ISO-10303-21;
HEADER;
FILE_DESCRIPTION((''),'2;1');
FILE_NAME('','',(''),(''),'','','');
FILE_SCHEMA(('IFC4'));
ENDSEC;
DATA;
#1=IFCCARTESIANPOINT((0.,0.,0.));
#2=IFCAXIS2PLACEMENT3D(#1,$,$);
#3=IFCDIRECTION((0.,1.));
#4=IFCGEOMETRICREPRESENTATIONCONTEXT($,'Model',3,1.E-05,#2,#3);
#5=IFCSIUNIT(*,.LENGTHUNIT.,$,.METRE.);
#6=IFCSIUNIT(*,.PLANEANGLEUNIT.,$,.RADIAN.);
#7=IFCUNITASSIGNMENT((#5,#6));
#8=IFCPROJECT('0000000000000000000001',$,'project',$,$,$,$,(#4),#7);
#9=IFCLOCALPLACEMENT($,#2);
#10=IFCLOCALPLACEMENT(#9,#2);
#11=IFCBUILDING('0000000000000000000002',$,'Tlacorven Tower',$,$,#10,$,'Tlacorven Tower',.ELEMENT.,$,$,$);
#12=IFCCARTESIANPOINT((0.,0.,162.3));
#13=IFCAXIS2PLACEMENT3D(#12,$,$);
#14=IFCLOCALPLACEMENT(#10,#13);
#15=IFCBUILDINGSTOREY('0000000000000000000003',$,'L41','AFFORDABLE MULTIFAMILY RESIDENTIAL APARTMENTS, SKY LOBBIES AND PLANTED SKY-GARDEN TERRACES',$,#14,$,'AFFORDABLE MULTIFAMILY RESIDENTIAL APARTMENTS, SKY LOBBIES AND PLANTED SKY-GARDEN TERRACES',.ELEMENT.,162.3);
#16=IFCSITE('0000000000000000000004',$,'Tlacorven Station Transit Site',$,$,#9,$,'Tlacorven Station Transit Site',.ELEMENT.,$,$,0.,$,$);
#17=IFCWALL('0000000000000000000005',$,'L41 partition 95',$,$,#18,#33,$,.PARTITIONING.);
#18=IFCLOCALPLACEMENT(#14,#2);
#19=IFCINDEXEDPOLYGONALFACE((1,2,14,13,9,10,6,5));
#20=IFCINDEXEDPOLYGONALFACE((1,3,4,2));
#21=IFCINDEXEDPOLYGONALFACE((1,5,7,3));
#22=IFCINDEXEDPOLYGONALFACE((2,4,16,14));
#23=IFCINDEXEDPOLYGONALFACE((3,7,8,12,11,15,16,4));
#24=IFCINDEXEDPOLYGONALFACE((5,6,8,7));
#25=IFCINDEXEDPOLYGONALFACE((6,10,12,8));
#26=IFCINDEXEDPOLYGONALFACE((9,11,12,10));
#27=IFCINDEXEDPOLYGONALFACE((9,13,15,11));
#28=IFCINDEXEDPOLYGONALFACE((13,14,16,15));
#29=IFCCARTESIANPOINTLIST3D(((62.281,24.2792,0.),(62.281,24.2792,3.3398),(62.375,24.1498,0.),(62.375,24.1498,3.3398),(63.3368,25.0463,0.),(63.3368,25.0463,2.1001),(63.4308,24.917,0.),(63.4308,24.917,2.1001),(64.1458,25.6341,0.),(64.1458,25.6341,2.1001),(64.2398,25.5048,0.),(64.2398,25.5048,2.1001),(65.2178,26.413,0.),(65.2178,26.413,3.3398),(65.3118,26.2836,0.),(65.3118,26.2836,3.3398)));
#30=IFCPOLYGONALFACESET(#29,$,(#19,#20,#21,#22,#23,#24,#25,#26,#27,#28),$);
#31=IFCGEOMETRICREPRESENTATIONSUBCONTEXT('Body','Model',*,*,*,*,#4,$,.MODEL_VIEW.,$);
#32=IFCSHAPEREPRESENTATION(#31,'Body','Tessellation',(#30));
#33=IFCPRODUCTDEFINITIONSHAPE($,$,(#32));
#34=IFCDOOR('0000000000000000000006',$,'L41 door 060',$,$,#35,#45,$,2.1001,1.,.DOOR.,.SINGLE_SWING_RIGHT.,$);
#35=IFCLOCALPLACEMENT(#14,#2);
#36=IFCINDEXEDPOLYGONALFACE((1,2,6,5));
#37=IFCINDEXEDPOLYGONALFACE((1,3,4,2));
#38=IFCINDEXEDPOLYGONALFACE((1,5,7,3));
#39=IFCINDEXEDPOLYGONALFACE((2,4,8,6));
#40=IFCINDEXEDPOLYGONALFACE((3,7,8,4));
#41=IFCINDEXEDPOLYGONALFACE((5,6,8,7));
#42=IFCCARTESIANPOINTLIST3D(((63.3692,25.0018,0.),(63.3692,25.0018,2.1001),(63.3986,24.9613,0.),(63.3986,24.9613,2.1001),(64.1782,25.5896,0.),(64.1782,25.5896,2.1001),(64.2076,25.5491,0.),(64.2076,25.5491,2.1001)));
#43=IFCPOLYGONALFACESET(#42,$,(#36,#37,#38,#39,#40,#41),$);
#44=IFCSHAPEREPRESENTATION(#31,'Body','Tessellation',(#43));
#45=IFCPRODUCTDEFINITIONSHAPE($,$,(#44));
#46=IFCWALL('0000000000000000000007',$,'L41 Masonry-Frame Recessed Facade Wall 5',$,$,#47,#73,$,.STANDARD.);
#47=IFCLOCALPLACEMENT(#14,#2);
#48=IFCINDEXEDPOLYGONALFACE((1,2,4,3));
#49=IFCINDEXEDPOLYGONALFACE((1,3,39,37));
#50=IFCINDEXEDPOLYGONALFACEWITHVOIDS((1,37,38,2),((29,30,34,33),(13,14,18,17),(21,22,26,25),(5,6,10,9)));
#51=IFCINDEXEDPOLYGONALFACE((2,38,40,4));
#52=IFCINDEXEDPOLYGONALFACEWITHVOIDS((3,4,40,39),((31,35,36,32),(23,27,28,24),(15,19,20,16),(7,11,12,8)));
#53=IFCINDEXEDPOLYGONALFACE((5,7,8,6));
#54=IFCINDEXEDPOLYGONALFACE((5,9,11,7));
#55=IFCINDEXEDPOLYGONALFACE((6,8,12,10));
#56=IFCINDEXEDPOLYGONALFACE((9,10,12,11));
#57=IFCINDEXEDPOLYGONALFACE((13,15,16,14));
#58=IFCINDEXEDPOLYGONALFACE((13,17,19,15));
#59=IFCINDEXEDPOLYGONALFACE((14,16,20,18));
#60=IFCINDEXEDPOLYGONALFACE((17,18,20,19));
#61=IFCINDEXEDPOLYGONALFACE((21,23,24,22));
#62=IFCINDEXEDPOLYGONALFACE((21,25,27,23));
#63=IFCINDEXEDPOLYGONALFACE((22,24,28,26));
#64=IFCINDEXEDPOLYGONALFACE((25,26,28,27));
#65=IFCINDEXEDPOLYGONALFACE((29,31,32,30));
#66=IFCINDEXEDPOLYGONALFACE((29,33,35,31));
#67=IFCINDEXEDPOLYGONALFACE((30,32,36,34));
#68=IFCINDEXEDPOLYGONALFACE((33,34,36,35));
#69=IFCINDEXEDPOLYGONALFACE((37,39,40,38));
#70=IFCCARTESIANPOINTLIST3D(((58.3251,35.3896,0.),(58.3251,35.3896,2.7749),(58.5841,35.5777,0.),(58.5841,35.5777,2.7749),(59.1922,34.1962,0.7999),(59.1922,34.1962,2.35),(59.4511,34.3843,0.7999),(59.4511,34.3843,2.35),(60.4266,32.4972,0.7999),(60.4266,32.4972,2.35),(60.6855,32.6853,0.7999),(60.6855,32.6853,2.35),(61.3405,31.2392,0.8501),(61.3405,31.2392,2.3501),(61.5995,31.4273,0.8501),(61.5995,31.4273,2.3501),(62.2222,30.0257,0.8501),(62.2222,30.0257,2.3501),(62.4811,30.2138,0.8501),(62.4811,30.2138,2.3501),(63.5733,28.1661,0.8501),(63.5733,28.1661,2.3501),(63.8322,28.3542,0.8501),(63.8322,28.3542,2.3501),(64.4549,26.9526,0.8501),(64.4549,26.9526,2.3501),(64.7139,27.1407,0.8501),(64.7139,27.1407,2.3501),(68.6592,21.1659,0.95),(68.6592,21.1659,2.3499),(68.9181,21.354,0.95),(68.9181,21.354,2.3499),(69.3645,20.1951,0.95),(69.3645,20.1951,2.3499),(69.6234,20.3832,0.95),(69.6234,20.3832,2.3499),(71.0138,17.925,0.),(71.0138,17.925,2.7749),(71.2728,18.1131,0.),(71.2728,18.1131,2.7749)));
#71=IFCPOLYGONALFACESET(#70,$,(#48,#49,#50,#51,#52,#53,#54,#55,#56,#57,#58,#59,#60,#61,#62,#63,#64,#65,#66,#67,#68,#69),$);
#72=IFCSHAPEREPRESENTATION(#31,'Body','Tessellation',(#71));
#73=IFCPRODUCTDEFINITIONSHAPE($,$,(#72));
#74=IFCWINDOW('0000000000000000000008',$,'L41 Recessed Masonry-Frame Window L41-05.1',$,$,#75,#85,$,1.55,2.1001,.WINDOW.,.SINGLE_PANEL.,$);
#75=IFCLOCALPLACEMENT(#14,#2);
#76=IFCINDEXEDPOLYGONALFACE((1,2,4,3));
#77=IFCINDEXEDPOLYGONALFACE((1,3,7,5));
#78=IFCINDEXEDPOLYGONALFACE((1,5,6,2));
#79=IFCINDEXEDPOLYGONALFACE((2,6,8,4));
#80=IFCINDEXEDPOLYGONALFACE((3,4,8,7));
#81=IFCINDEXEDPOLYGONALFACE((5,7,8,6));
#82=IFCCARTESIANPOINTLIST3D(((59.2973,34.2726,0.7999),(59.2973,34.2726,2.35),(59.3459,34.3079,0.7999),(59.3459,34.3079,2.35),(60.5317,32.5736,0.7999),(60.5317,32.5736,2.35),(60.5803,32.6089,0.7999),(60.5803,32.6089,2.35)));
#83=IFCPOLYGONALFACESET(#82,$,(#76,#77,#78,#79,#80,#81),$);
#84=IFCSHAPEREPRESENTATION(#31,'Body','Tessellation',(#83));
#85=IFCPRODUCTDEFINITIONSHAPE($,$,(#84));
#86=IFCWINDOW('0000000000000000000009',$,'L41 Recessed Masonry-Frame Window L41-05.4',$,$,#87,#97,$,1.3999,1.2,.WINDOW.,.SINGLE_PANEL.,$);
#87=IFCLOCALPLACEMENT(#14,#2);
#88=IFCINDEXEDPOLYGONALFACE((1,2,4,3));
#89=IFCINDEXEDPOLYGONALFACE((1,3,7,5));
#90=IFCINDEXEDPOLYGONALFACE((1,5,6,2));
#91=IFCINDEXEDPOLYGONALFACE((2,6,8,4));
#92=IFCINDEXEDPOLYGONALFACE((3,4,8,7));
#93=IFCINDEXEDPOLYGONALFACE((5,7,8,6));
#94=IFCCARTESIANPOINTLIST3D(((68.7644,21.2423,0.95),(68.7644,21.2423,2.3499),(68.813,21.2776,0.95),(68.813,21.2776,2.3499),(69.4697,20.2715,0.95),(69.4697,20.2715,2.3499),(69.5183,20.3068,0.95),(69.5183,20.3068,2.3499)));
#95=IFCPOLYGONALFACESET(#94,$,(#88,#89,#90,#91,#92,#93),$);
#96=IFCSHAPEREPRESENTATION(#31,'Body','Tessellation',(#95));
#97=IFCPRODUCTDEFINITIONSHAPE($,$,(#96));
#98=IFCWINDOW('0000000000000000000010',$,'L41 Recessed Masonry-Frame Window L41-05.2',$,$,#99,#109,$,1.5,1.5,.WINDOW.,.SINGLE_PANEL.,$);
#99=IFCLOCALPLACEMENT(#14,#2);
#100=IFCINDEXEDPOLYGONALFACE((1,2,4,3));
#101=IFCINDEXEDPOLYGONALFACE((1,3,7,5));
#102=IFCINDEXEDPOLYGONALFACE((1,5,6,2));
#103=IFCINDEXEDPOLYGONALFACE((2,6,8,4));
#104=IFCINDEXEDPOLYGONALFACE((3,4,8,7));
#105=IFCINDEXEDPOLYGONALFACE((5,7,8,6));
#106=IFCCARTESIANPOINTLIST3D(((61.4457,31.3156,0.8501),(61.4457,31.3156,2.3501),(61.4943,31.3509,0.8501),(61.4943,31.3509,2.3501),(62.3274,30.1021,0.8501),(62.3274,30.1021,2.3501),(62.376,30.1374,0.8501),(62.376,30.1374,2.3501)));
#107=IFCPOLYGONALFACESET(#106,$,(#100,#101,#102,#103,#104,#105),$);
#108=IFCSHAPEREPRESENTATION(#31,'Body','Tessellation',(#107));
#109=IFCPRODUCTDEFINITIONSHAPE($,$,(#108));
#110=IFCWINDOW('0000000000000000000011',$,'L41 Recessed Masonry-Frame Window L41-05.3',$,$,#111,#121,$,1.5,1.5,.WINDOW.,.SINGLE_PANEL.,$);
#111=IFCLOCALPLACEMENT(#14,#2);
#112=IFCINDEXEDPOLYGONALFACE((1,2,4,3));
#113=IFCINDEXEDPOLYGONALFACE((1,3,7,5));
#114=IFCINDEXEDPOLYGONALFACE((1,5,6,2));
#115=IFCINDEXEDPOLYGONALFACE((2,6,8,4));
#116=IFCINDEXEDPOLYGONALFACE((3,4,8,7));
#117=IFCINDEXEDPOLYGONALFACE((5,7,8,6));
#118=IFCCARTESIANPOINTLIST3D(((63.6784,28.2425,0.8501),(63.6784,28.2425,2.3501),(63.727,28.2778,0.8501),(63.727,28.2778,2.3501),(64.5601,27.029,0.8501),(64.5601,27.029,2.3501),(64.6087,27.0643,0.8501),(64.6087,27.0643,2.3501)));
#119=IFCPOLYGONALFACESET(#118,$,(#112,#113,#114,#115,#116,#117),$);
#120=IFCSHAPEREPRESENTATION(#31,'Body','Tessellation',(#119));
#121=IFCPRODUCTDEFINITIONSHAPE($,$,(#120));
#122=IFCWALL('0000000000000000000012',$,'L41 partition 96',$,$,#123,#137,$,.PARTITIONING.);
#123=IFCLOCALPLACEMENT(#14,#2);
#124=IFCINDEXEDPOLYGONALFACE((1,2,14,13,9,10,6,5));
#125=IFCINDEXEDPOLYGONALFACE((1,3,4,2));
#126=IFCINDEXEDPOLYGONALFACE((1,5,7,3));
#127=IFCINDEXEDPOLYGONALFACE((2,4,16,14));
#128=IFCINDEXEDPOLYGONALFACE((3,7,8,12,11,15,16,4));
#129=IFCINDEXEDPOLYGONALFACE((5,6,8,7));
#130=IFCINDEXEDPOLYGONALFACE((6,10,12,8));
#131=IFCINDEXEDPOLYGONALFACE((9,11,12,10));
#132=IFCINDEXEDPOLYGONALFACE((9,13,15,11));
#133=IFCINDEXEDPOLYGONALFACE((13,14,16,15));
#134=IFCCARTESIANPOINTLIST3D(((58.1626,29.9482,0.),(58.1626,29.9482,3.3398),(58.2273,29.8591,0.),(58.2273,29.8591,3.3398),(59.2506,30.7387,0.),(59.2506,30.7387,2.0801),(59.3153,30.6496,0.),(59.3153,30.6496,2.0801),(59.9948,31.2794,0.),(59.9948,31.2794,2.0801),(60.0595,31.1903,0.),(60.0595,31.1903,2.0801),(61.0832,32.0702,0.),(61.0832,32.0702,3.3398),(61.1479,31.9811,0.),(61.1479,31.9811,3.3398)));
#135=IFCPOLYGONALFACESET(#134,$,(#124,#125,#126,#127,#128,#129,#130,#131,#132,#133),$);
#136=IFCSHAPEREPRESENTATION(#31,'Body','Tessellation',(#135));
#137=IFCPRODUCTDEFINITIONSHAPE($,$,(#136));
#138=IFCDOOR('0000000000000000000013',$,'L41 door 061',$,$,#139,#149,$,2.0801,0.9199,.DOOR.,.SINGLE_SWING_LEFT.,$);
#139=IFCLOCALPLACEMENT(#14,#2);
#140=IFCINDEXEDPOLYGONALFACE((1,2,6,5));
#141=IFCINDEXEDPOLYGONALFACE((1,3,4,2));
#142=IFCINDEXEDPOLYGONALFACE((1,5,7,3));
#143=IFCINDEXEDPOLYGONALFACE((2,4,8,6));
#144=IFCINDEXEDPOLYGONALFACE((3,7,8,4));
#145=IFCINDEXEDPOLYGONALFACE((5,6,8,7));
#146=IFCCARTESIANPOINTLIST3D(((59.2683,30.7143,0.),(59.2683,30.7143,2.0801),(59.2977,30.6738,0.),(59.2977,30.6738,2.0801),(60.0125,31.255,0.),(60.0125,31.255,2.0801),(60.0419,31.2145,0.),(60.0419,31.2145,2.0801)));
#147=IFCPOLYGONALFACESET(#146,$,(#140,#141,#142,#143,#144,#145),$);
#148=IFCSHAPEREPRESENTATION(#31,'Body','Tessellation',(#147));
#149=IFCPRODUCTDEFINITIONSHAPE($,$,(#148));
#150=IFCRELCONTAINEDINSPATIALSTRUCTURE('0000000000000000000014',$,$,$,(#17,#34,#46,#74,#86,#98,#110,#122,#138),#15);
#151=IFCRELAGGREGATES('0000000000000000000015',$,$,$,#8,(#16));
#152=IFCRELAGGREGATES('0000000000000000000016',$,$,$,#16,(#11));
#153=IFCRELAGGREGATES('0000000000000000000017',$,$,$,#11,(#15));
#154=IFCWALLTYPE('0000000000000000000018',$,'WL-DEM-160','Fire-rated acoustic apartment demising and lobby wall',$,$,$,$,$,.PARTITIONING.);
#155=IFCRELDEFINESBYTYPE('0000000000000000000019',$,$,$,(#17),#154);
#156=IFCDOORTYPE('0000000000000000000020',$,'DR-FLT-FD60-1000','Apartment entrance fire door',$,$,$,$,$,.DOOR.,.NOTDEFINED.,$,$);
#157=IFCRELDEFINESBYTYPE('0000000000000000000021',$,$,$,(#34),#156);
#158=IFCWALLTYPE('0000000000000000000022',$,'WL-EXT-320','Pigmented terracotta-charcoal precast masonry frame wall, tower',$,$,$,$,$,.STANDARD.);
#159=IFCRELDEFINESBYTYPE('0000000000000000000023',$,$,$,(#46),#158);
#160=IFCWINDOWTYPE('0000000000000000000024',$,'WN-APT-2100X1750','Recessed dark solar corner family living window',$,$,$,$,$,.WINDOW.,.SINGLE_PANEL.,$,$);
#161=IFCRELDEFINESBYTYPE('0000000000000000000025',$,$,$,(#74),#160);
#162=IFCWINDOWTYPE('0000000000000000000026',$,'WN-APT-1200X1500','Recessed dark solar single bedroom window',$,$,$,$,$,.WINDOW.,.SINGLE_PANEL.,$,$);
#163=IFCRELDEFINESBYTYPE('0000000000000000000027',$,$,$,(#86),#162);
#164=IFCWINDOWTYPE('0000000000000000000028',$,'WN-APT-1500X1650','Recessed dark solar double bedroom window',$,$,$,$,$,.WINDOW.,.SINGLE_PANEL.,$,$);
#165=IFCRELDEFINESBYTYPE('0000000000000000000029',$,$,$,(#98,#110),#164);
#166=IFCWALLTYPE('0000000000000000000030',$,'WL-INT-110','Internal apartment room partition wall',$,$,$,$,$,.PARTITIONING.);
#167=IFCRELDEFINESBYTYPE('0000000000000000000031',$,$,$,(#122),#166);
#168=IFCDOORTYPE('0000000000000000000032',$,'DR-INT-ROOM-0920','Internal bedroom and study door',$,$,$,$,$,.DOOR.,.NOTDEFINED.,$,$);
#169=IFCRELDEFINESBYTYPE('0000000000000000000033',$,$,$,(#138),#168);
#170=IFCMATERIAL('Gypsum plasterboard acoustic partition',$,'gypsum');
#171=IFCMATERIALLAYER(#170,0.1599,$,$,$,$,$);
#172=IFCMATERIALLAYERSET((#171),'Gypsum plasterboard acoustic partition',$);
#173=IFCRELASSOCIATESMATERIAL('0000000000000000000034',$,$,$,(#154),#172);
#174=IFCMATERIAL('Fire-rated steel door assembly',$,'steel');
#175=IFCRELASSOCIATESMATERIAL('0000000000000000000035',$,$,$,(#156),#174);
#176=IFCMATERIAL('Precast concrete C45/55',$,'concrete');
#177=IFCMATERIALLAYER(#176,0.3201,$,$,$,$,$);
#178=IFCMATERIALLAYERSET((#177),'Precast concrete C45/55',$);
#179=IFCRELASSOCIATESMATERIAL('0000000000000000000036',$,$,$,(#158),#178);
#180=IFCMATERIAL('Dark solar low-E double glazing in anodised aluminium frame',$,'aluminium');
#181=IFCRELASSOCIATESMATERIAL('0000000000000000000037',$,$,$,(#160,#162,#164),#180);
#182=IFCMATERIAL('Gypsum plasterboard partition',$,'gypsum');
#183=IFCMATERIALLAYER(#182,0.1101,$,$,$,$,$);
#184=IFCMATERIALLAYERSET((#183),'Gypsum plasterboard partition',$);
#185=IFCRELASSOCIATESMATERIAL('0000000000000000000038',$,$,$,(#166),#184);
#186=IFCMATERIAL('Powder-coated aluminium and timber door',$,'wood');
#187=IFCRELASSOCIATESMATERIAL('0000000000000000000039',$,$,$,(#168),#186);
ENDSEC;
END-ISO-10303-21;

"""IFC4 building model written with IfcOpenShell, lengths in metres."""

from ifc_helpers import new_model, si_unit, direction, frame, frame_2d, origin, place, context, subcontext, project, spatial, rectangle, extrude, source, transform, mapped, material, layer, layer_set, type_object, element, fill, save


model = new_model("IFC4")

# Units and contexts
model_context = context("Model", 3, precision=1e-05, world=origin(), true_north=direction((0.0, 1.0)))
body_context = subcontext(model_context, "Body", "Model", "MODEL_VIEW")
ifc_project = project(units=[si_unit("LENGTHUNIT", "METRE"), si_unit("PLANEANGLEUNIT", "RADIAN")], contexts=[model_context])

# Site, building, storey
site_placement = place(None, origin())
site = spatial("IfcSite", under=ifc_project, at=site_placement, Name="Tlacorven Station Transit Site", LongName="Tlacorven Station Transit Site", CompositionType="ELEMENT", RefElevation=0.0)
building_placement = place(site_placement, origin())
building = spatial("IfcBuilding", under=site, at=building_placement, Name="Tlacorven Tower", LongName="Tlacorven Tower", CompositionType="ELEMENT")
storey_placement = place(building_placement, frame((0.0, 0.0, 162.3)))
storey = spatial("IfcBuildingStorey", under=building, at=storey_placement, Name="L41", Description="AFFORDABLE MULTIFAMILY RESIDENTIAL APARTMENTS, SKY LOBBIES AND PLANTED SKY-GARDEN TERRACES", LongName="AFFORDABLE MULTIFAMILY RESIDENTIAL APARTMENTS, SKY LOBBIES AND PLANTED SKY-GARDEN TERRACES", CompositionType="ELEMENT", Elevation=162.3)

# Shared definitions
ifc_material_1 = material(Name="Gypsum plasterboard acoustic partition", Category="gypsum")
ifc_layer_1 = layer(ifc_material_1, 0.1599)
ifc_layer_set_1 = layer_set([ifc_layer_1], Name="Gypsum plasterboard acoustic partition")
wall_type_1 = type_object("IfcWallType", Name="WL-DEM-160", Description="Fire-rated acoustic apartment demising and lobby wall", PredefinedType="PARTITIONING", material=ifc_layer_set_1)

# Wall, opening, door
ifc_material_2 = material(Name="Fire-rated steel door assembly", Category="steel")
door_type_1 = type_object("IfcDoorType", Name="DR-FLT-FD60-1000", Description="Apartment entrance fire door", OperationType="NOTDEFINED", PredefinedType="DOOR", material=ifc_material_2)
shared_shape_1 = source(origin(), body_context, "Body", "SweptSolid", [
    extrude(rectangle(XDim=1.0, YDim=2.1001, at=frame_2d((0.5, 1.05))), frame((0.0, 0.0249, 0.0), z_axis=(0.0, -1.0, 0.0), x_axis=(1.0, 0.0, 0.0)), (0.0, 0.0, 1.0), 0.05),
])
wall_1_placement = place(storey_placement, frame((62.3281, 24.2146, 0.0), z_axis=(0.0, 0.0, 1.0), x_axis=(0.809004, 0.587804, 0.0)))
wall_1 = element("IfcWall", 1, at=wall_1_placement, inside=storey, type_object=wall_type_1, Name="L41 partition 95", PredefinedType="PARTITIONING", context=body_context, shape_type="SweptSolid", body=[
    extrude(rectangle(XDim=3.6301, YDim=0.1599, at=frame_2d((1.8149, 0.0))), origin(), (0.0, 0.0, 1.0), 3.3398),
])
opening_1_placement = place(wall_1_placement, frame((1.3049, 0.0, 0.0)))
opening_1 = element("IfcOpeningElement", 2, at=opening_1_placement, cuts=wall_1, PredefinedType="OPENING", context=body_context, shape_type="SweptSolid", body=[
    extrude(rectangle(XDim=1.0, YDim=2.1001, at=frame_2d((0.5, 1.05))), frame((0.0, 0.0898, 0.0), z_axis=(0.0, -1.0, 0.0), x_axis=(1.0, 0.0, 0.0)), (0.0, 0.0, 1.0), 0.1799),
])
door_1_placement = place(opening_1_placement, origin())
door_1 = element("IfcDoor", 3, at=door_1_placement, inside=storey, type_object=door_type_1, Name="L41 door 060", OperationType="SINGLE_SWING_RIGHT", OverallHeight=2.1001, OverallWidth=1.0, PredefinedType="DOOR", context=body_context, shape_type="MappedRepresentation", body=[
    mapped(shared_shape_1, transform((0.0, 0.0, 0.0), scale=1.0)),
])
fill(opening_1, door_1)

# Wall, openings, windows
ifc_material_3 = material(Name="Precast concrete C45/55", Category="concrete")
ifc_layer_2 = layer(ifc_material_3, 0.3201)
ifc_layer_set_2 = layer_set([ifc_layer_2], Name="Precast concrete C45/55")
wall_type_2 = type_object("IfcWallType", Name="WL-EXT-320", Description="Pigmented terracotta-charcoal precast masonry frame wall, tower", PredefinedType="STANDARD", material=ifc_layer_set_2)
wall_2_placement = place(storey_placement, frame((58.4546, 35.4836, 0.0), z_axis=(0.0, 0.0, 1.0), x_axis=(0.587784, -0.809018, 0.0)))
wall_2 = element("IfcWall", 4, at=wall_2_placement, inside=storey, type_object=wall_type_2, Name="L41 Masonry-Frame Recessed Facade Wall 5", PredefinedType="STANDARD", context=body_context, shape_type="SweptSolid", body=[
    extrude(rectangle(XDim=21.5874, YDim=0.3201, at=frame_2d((10.7937, 0.0))), origin(), (0.0, 0.0, 1.0), 2.7749),
])
opening_2_placement = place(wall_2_placement, frame((1.4751, 0.0, 0.8)))
opening_2 = element("IfcOpeningElement", 5, at=opening_2_placement, cuts=wall_2, PredefinedType="OPENING", context=body_context, shape_type="SweptSolid", body=[
    extrude(rectangle(XDim=2.1001, YDim=1.55, at=frame_2d((1.05, 0.7749))), frame((0.0, 0.1699, 0.0), z_axis=(0.0, -1.0, 0.0), x_axis=(1.0, 0.0, 0.0)), (0.0, 0.0, 1.0), 0.3401),
])
opening_3_placement = place(wall_2_placement, frame((5.1301, 0.0, 0.8501)))
opening_3 = element("IfcOpeningElement", 6, at=opening_3_placement, cuts=wall_2, PredefinedType="OPENING", context=body_context, shape_type="SweptSolid", body=[
    extrude(rectangle(XDim=1.5, YDim=1.5, at=frame_2d((0.75, 0.75))), frame((0.0, 0.1699, 0.0), z_axis=(0.0, -1.0, 0.0), x_axis=(1.0, 0.0, 0.0)), (0.0, 0.0, 1.0), 0.3401),
])
opening_4_placement = place(wall_2_placement, frame((8.9287, 0.0, 0.8501)))
opening_4 = element("IfcOpeningElement", 7, at=opening_4_placement, cuts=wall_2, PredefinedType="OPENING", context=body_context, shape_type="SweptSolid", body=[
    extrude(rectangle(XDim=1.5, YDim=1.5, at=frame_2d((0.75, 0.75))), frame((0.0, 0.1699, 0.0), z_axis=(0.0, -1.0, 0.0), x_axis=(1.0, 0.0, 0.0)), (0.0, 0.0, 1.0), 0.3401),
])
opening_5_placement = place(wall_2_placement, frame((17.5813, 0.0, 0.95)))
opening_5 = element("IfcOpeningElement", 8, at=opening_5_placement, cuts=wall_2, PredefinedType="OPENING", context=body_context, shape_type="SweptSolid", body=[
    extrude(rectangle(XDim=1.2, YDim=1.3999, at=frame_2d((0.6001, 0.7))), frame((0.0, 0.1699, 0.0), z_axis=(0.0, -1.0, 0.0), x_axis=(1.0, 0.0, 0.0)), (0.0, 0.0, 1.0), 0.3401),
])
ifc_material_4 = material(Name="Dark solar low-E double glazing in anodised aluminium frame", Category="aluminium")
window_type_1 = type_object("IfcWindowType", Name="WN-APT-2100X1750", Description="Recessed dark solar corner family living window", PartitioningType="SINGLE_PANEL", PredefinedType="WINDOW", material=ifc_material_4)
shared_shape_2 = source(origin(), body_context, "Body", "SweptSolid", [
    extrude(rectangle(XDim=2.1001, YDim=1.55, at=frame_2d((1.05, 0.7749))), frame((0.0, 0.03, 0.0), z_axis=(0.0, -1.0, 0.0), x_axis=(1.0, 0.0, 0.0)), (0.0, 0.0, 1.0), 0.0601),
])
window_1_placement = place(opening_2_placement, origin())
window_1 = element("IfcWindow", 9, at=window_1_placement, inside=storey, type_object=window_type_1, Name="L41 Recessed Masonry-Frame Window L41-05.1", OverallHeight=1.55, OverallWidth=2.1001, PartitioningType="SINGLE_PANEL", PredefinedType="WINDOW", context=body_context, shape_type="MappedRepresentation", body=[
    mapped(shared_shape_2, transform((0.0, 0.0, 0.0), scale=1.0)),
])
fill(opening_2, window_1)
window_type_2 = type_object("IfcWindowType", Name="WN-APT-1200X1500", Description="Recessed dark solar single bedroom window", PartitioningType="SINGLE_PANEL", PredefinedType="WINDOW", material=ifc_material_4)
shared_shape_3 = source(origin(), body_context, "Body", "SweptSolid", [
    extrude(rectangle(XDim=1.2, YDim=1.3999, at=frame_2d((0.6001, 0.7))), frame((0.0, 0.03, 0.0), z_axis=(0.0, -1.0, 0.0), x_axis=(1.0, 0.0, 0.0)), (0.0, 0.0, 1.0), 0.0601),
])
window_2_placement = place(opening_5_placement, origin())
window_2 = element("IfcWindow", 10, at=window_2_placement, inside=storey, type_object=window_type_2, Name="L41 Recessed Masonry-Frame Window L41-05.4", OverallHeight=1.3999, OverallWidth=1.2, PartitioningType="SINGLE_PANEL", PredefinedType="WINDOW", context=body_context, shape_type="MappedRepresentation", body=[
    mapped(shared_shape_3, transform((0.0, 0.0, 0.0), scale=1.0)),
])
fill(opening_5, window_2)
window_type_3 = type_object("IfcWindowType", Name="WN-APT-1500X1650", Description="Recessed dark solar double bedroom window", PartitioningType="SINGLE_PANEL", PredefinedType="WINDOW", material=ifc_material_4)
shared_shape_4 = source(origin(), body_context, "Body", "SweptSolid", [
    extrude(rectangle(XDim=1.5, YDim=1.5, at=frame_2d((0.75, 0.75))), frame((0.0, 0.03, 0.0), z_axis=(0.0, -1.0, 0.0), x_axis=(1.0, 0.0, 0.0)), (0.0, 0.0, 1.0), 0.0601),
])
window_3_placement = place(opening_3_placement, origin())
window_3 = element("IfcWindow", 11, at=window_3_placement, inside=storey, type_object=window_type_3, Name="L41 Recessed Masonry-Frame Window L41-05.2", OverallHeight=1.5, OverallWidth=1.5, PartitioningType="SINGLE_PANEL", PredefinedType="WINDOW", context=body_context, shape_type="MappedRepresentation", body=[
    mapped(shared_shape_4, transform((0.0, 0.0, 0.0), scale=1.0)),
])
fill(opening_3, window_3)
window_4_placement = place(opening_4_placement, origin())
window_4 = element("IfcWindow", 12, at=window_4_placement, inside=storey, type_object=window_type_3, Name="L41 Recessed Masonry-Frame Window L41-05.3", OverallHeight=1.5, OverallWidth=1.5, PartitioningType="SINGLE_PANEL", PredefinedType="WINDOW", context=body_context, shape_type="MappedRepresentation", body=[
    mapped(shared_shape_4, transform((0.0, 0.0, 0.0), scale=1.0)),
])
fill(opening_4, window_4)

# Wall, opening, door
ifc_material_5 = material(Name="Gypsum plasterboard partition", Category="gypsum")
ifc_layer_3 = layer(ifc_material_5, 0.1101)
ifc_layer_set_3 = layer_set([ifc_layer_3], Name="Gypsum plasterboard partition")
wall_type_3 = type_object("IfcWallType", Name="WL-INT-110", Description="Internal apartment room partition wall", PredefinedType="PARTITIONING", material=ifc_layer_set_3)
wall_3_placement = place(storey_placement, frame((58.1948, 29.9036, 0.0), z_axis=(0.0, 0.0, 1.0), x_axis=(0.809005, 0.587802, 0.0)))
wall_3 = element("IfcWall", 13, at=wall_3_placement, inside=storey, type_object=wall_type_3, Name="L41 partition 96", PredefinedType="PARTITIONING", context=body_context, shape_type="SweptSolid", body=[
    extrude(rectangle(XDim=3.6101, YDim=0.1101, at=frame_2d((1.8052, 0.0))), origin(), (0.0, 0.0, 1.0), 3.3398),
])
opening_6_placement = place(wall_3_placement, frame((1.345, 0.0, 0.0)))
opening_6 = element("IfcOpeningElement", 14, at=opening_6_placement, cuts=wall_3, PredefinedType="OPENING", context=body_context, shape_type="SweptSolid", body=[
    extrude(rectangle(XDim=0.9199, YDim=2.0801, at=frame_2d((0.46, 1.04))), frame((0.0, 0.0649, 0.0), z_axis=(0.0, -1.0, 0.0), x_axis=(1.0, 0.0, 0.0)), (0.0, 0.0, 1.0), 0.1301),
])
ifc_material_6 = material(Name="Powder-coated aluminium and timber door", Category="wood")
door_type_2 = type_object("IfcDoorType", Name="DR-INT-ROOM-0920", Description="Internal bedroom and study door", OperationType="NOTDEFINED", PredefinedType="DOOR", material=ifc_material_6)
shared_shape_5 = source(origin(), body_context, "Body", "SweptSolid", [
    extrude(rectangle(XDim=0.9199, YDim=2.0801, at=frame_2d((0.46, 1.04))), frame((0.0, 0.0249, 0.0), z_axis=(0.0, -1.0, 0.0), x_axis=(1.0, 0.0, 0.0)), (0.0, 0.0, 1.0), 0.05),
])
door_2_placement = place(opening_6_placement, origin())
door_2 = element("IfcDoor", 15, at=door_2_placement, inside=storey, type_object=door_type_2, Name="L41 door 061", OperationType="SINGLE_SWING_LEFT", OverallHeight=2.0801, OverallWidth=0.9199, PredefinedType="DOOR", context=body_context, shape_type="MappedRepresentation", body=[
    mapped(shared_shape_5, transform((0.0, 0.0, 0.0), scale=1.0)),
])
fill(opening_6, door_2)

save(model, "model.ifc")
